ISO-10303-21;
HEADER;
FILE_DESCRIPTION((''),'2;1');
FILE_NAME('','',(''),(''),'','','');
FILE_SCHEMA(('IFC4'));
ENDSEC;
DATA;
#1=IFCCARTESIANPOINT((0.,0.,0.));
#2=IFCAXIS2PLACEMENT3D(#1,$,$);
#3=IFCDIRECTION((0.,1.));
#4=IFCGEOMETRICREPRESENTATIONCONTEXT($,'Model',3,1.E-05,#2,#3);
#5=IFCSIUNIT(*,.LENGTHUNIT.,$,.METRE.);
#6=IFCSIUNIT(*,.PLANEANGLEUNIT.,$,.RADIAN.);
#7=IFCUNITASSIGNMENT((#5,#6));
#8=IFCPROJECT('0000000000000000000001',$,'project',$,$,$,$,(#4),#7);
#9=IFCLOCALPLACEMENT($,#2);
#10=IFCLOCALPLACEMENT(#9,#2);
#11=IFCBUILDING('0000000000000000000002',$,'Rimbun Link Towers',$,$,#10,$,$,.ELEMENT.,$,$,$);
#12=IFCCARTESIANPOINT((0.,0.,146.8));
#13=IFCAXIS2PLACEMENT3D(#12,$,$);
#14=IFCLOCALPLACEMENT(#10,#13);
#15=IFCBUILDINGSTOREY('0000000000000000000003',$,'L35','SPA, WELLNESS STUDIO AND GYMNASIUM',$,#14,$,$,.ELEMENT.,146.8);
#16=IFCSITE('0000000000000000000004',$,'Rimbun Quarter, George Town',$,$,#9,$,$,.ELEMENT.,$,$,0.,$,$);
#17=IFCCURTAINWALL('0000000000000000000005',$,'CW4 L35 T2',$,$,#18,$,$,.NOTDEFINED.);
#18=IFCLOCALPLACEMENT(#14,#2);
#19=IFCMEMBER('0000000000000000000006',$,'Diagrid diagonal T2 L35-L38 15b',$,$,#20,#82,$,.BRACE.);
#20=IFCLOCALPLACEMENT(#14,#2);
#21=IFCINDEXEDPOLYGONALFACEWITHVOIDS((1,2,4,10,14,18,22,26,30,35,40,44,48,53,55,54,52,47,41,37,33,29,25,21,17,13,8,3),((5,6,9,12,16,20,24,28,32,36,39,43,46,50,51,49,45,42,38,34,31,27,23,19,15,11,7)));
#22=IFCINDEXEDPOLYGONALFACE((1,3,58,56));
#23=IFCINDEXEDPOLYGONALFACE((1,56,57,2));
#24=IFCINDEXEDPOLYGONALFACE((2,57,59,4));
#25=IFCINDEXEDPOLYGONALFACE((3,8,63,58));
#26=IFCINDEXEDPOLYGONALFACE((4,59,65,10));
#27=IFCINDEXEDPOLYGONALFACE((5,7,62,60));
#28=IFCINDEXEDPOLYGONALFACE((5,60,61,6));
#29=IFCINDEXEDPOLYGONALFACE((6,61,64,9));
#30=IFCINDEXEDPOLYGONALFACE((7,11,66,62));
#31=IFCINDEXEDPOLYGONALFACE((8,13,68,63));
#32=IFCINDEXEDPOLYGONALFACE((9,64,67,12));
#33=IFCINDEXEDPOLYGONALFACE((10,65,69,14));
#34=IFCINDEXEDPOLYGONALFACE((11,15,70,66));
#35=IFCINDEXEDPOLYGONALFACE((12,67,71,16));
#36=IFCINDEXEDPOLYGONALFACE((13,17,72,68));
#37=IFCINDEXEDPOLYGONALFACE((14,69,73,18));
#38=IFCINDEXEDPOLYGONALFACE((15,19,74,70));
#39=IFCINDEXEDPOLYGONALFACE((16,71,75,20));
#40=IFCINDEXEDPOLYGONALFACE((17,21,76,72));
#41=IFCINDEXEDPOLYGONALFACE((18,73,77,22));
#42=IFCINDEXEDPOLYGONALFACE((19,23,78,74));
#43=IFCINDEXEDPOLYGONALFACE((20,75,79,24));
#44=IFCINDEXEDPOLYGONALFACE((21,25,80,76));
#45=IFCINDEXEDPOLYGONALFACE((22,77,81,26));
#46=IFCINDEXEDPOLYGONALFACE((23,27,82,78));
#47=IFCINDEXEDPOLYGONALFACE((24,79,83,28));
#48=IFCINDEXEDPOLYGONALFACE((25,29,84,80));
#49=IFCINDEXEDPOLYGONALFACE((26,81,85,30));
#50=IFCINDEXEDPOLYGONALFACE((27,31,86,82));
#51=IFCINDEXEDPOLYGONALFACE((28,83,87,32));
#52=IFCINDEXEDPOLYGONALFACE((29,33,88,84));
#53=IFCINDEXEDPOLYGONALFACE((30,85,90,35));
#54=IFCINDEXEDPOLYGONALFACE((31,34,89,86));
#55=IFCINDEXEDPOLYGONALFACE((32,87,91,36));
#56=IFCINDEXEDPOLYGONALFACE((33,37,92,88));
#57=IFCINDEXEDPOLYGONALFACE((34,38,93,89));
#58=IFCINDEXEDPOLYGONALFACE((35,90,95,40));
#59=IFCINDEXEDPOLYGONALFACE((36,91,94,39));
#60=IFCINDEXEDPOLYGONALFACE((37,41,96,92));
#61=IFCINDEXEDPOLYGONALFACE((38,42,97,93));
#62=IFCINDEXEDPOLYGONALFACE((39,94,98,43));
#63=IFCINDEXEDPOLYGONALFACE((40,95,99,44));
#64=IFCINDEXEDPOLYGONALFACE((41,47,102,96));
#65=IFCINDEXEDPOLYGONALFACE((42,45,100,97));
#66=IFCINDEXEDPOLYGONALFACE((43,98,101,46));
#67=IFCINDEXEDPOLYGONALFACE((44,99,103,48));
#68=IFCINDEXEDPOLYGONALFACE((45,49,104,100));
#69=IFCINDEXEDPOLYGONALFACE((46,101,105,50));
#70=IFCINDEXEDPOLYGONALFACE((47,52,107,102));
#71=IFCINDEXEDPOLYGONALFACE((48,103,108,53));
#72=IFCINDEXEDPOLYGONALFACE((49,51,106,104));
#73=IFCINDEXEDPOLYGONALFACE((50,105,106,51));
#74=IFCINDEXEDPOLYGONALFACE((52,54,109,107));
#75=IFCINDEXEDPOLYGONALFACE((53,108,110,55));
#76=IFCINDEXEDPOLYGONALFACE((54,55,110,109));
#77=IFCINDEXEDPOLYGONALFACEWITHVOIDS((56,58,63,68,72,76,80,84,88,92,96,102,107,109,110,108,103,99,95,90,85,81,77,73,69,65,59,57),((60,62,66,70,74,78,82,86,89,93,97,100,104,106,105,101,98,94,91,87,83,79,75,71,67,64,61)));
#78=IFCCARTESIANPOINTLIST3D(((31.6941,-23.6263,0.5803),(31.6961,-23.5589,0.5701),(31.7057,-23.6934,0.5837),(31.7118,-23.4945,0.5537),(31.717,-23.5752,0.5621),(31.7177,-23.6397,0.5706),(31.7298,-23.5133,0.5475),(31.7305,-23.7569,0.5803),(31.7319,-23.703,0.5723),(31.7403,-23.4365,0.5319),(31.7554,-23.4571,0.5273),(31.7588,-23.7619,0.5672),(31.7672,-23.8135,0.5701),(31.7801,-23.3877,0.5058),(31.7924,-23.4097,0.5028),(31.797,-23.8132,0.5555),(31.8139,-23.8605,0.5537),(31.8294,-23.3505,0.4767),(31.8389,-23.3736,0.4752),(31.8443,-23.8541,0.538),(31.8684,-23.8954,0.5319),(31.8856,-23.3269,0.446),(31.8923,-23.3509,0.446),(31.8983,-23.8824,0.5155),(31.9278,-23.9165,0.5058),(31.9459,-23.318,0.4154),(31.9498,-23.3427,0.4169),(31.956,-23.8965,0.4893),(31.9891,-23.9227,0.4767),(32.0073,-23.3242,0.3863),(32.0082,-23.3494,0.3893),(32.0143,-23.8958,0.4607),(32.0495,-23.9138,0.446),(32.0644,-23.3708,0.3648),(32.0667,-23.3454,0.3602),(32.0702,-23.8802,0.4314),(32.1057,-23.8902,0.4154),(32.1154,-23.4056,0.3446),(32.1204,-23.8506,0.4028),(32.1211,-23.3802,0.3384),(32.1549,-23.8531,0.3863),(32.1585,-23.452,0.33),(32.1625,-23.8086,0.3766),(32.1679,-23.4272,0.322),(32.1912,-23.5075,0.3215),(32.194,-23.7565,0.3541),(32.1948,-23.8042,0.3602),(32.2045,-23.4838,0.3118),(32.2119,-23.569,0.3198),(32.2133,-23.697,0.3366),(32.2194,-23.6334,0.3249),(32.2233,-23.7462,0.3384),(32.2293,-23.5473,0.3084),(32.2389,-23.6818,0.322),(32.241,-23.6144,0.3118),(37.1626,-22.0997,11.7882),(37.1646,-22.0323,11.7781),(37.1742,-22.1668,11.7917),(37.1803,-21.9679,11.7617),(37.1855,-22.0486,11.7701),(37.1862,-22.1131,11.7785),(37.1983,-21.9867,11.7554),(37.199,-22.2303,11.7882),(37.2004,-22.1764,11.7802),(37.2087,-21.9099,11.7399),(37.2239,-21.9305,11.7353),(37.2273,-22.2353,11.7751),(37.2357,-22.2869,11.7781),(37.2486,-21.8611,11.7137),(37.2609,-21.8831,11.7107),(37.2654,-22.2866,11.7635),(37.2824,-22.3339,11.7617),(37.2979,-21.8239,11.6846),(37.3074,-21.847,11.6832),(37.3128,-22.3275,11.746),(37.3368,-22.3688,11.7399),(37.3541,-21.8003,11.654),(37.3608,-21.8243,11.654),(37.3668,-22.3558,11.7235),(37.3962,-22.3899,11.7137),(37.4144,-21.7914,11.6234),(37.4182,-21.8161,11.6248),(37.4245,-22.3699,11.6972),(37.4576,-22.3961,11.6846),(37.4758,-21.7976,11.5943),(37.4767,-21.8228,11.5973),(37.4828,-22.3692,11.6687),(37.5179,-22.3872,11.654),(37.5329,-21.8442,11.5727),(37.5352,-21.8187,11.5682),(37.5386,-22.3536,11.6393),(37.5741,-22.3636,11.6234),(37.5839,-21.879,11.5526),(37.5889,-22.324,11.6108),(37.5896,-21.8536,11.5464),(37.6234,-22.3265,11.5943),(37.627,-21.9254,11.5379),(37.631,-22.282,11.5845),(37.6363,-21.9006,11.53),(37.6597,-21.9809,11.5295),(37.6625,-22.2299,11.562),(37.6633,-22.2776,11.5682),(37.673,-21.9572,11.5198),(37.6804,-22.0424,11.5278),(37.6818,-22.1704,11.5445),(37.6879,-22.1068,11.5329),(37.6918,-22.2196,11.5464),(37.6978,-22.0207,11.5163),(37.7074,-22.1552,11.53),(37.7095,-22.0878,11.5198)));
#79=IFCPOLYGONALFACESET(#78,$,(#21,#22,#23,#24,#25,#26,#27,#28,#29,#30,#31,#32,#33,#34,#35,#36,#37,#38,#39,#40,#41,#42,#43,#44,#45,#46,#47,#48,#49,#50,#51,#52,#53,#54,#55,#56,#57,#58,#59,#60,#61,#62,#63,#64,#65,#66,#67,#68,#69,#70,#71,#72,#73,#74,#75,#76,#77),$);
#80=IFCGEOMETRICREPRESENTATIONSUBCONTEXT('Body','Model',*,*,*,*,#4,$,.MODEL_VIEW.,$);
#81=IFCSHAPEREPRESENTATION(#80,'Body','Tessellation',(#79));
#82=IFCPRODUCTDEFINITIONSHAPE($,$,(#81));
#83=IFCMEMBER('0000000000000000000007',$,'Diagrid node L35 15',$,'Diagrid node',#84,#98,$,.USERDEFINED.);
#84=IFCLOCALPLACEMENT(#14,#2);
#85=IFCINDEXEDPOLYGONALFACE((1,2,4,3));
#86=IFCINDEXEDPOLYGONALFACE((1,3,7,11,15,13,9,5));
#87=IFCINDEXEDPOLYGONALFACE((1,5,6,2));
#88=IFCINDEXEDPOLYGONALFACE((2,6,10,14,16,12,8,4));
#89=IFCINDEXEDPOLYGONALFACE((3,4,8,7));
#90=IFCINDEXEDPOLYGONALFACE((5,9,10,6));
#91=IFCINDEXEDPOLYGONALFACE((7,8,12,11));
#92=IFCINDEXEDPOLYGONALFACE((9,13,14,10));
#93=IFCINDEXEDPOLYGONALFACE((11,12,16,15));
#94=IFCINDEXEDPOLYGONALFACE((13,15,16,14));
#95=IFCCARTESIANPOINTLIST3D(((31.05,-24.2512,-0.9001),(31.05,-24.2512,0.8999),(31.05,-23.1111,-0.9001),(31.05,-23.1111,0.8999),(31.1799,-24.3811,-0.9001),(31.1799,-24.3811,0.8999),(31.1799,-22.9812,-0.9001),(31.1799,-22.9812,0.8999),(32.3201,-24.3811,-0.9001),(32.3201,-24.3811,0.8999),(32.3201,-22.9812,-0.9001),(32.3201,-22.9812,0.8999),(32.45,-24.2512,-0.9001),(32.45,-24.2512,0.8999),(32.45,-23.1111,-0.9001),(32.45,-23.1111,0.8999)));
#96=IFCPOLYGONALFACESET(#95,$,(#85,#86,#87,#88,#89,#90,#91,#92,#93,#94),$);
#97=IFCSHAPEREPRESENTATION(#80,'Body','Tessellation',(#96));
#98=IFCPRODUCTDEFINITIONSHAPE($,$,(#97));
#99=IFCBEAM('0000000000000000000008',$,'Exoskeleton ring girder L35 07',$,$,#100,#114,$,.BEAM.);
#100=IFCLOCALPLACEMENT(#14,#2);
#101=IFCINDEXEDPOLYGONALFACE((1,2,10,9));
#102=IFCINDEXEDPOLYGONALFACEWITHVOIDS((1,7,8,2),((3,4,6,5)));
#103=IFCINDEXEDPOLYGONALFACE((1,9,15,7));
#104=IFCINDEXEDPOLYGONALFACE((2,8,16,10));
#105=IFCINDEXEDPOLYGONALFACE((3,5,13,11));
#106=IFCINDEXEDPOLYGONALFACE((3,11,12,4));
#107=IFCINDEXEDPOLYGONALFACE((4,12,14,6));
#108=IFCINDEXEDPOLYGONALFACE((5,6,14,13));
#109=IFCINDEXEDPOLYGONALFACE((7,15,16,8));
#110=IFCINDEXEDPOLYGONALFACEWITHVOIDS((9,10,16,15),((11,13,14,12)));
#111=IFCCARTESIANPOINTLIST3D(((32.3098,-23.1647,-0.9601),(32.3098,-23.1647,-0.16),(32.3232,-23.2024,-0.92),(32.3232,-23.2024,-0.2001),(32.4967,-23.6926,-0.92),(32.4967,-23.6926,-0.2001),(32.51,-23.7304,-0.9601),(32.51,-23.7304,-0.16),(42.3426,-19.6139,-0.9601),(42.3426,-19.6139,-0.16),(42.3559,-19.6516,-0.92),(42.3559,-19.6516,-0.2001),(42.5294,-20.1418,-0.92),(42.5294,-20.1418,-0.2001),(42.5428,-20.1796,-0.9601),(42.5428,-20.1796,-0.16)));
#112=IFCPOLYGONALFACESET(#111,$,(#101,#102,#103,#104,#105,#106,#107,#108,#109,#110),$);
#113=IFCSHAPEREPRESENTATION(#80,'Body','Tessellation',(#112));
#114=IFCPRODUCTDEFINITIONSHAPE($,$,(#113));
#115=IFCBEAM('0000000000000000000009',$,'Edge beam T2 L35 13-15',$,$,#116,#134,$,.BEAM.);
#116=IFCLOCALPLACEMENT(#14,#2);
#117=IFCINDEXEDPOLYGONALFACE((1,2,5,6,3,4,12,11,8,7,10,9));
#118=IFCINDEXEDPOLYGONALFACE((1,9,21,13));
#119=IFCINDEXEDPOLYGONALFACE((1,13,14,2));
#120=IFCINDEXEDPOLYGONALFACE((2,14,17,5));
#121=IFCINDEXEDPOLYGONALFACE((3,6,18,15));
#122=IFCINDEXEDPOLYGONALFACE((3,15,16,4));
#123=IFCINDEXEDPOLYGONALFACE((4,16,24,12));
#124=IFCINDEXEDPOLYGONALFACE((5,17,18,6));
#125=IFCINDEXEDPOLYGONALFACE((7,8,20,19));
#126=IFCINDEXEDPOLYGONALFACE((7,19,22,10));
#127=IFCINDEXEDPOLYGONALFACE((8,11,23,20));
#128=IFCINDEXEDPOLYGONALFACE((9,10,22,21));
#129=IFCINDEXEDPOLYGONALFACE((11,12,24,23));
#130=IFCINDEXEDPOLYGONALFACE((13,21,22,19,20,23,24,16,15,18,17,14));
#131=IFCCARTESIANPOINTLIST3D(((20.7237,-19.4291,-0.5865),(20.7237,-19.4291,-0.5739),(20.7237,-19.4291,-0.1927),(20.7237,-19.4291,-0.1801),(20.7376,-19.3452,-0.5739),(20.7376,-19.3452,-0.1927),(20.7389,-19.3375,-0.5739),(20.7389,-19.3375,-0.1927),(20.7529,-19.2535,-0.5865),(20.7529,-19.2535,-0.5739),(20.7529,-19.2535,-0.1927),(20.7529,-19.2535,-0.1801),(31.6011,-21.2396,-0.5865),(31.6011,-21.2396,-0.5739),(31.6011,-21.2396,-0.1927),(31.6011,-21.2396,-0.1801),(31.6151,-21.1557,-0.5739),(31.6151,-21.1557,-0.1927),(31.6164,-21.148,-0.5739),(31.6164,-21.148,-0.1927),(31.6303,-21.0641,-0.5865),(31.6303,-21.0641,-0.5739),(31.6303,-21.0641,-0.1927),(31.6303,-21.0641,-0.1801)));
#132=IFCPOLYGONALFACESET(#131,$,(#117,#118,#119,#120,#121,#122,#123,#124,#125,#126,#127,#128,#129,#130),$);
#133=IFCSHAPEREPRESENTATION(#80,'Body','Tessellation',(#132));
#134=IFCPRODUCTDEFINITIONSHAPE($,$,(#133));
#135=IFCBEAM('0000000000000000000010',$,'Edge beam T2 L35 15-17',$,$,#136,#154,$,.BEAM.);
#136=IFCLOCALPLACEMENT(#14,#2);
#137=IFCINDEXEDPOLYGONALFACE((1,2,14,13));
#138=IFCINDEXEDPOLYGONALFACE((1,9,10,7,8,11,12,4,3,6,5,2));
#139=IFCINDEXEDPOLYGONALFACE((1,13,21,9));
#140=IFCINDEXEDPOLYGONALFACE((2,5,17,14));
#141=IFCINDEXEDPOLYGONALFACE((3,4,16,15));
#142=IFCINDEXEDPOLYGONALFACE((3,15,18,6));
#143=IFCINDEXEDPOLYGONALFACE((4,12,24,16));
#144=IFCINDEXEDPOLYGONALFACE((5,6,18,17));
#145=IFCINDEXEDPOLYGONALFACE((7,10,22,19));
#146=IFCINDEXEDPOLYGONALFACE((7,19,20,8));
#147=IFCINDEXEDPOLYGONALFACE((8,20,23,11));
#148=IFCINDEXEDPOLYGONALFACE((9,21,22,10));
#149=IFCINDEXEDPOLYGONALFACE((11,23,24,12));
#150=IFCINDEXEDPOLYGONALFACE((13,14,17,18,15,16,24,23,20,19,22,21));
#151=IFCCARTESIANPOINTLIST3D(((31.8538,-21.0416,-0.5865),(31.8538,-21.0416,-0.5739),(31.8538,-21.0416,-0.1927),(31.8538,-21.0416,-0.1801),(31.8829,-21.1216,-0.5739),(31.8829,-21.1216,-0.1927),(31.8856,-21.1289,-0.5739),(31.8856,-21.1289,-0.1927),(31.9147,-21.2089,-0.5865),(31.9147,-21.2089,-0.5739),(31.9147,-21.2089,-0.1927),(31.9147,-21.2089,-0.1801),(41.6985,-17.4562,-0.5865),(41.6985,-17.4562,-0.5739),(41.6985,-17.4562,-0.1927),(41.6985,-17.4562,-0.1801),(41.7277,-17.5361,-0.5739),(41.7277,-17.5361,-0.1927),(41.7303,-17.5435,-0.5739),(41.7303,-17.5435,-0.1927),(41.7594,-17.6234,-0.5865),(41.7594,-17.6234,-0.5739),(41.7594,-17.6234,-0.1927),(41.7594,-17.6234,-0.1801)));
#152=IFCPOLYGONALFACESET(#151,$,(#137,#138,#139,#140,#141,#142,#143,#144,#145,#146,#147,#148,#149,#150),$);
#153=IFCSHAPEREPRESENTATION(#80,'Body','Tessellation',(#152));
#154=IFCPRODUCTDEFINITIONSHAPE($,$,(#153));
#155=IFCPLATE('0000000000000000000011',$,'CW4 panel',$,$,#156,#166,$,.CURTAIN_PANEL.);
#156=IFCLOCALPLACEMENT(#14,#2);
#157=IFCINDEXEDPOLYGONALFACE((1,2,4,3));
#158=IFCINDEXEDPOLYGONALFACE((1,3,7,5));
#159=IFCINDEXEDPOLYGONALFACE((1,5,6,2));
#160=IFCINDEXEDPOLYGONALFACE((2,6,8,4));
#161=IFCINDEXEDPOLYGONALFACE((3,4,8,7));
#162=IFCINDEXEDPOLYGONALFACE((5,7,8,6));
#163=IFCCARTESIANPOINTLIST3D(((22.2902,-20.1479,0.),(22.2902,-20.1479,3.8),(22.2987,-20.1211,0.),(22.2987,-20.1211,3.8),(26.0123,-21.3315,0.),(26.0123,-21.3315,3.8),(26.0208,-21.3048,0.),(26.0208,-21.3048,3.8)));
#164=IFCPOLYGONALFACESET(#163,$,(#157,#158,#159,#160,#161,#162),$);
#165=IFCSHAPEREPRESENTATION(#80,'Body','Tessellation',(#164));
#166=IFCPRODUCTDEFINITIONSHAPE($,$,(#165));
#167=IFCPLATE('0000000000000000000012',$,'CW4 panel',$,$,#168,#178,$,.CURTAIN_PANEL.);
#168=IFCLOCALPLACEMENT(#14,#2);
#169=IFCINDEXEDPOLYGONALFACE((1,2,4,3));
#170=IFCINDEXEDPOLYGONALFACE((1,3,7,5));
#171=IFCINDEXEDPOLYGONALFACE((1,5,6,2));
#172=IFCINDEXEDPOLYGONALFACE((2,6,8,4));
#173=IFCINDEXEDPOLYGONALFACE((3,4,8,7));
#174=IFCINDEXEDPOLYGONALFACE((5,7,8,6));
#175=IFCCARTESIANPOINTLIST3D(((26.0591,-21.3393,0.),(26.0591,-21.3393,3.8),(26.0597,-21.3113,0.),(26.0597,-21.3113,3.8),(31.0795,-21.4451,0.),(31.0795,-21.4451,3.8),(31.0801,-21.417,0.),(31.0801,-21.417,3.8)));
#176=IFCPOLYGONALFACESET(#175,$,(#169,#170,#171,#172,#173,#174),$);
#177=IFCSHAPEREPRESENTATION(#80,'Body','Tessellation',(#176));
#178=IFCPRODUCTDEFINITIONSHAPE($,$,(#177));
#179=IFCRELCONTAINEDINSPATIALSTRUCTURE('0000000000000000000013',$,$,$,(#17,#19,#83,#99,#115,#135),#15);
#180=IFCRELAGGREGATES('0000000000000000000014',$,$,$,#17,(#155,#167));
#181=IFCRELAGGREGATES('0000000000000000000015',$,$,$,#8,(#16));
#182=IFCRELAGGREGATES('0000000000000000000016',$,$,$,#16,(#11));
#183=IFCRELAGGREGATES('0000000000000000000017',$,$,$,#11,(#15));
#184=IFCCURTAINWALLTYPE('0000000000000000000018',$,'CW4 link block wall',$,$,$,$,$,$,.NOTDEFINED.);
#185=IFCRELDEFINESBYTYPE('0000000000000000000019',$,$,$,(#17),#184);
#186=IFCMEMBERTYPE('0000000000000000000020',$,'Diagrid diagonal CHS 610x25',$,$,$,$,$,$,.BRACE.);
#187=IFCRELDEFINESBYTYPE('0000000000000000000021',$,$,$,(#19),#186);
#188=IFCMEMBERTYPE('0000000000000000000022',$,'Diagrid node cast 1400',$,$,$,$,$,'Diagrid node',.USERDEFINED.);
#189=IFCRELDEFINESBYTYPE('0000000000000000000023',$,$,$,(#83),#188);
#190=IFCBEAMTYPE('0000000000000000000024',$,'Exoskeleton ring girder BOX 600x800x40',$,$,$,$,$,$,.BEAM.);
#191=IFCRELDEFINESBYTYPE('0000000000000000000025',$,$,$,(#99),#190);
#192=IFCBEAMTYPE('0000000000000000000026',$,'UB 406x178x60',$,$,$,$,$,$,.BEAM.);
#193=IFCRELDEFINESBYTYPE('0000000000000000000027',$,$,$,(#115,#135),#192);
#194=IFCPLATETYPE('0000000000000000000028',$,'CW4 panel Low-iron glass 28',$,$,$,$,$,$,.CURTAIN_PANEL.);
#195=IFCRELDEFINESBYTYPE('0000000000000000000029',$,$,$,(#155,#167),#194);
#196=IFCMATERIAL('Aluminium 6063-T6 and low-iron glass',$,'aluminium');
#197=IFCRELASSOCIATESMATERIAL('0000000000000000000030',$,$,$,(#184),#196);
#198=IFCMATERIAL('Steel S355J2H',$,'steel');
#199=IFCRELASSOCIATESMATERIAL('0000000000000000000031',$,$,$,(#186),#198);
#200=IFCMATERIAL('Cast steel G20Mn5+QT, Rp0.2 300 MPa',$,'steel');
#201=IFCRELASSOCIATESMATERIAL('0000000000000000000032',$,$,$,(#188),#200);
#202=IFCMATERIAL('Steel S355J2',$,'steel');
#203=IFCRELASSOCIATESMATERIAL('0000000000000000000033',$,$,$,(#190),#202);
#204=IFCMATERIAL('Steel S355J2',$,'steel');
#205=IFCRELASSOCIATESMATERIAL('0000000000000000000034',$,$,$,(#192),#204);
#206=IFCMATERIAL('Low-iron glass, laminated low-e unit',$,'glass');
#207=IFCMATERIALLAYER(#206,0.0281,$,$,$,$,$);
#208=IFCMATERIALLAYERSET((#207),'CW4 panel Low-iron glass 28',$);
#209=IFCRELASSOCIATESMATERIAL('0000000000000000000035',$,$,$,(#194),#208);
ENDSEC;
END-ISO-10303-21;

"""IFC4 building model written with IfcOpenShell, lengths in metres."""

from ifc_helpers import new_model, si_unit, direction, frame, origin, origin_2d, place, context, subcontext, project, spatial, polyline, rectangle, hollow_rectangle, hollow_circle, i_section, outline, extrude, material, layer, layer_set, material_profile, profile_set, type_object, element, aggregate, save


model = new_model("IFC4")

# Units and contexts
model_context = context("Model", 3, precision=1e-05, world=origin(), true_north=direction((0.0, 1.0)))
body_context = subcontext(model_context, "Body", "Model", "MODEL_VIEW")
ifc_project = project(units=[si_unit("LENGTHUNIT", "METRE"), si_unit("PLANEANGLEUNIT", "RADIAN")], contexts=[model_context])

# Site, building, storey
site_placement = place(None, origin())
site = spatial("IfcSite", under=ifc_project, at=site_placement, Name="Rimbun Quarter, George Town", CompositionType="ELEMENT", RefElevation=0.0)
building_placement = place(site_placement, origin())
building = spatial("IfcBuilding", under=site, at=building_placement, Name="Rimbun Link Towers", CompositionType="ELEMENT")
storey_placement = place(building_placement, frame((0.0, 0.0, 146.8)))
storey = spatial("IfcBuildingStorey", under=building, at=storey_placement, Name="L35", Description="SPA, WELLNESS STUDIO AND GYMNASIUM", CompositionType="ELEMENT", Elevation=146.8)

# Curtain wall
ifc_material_1 = material(Name="Aluminium 6063-T6 and low-iron glass", Category="aluminium")
curtain_wall_type = type_object("IfcCurtainWallType", Name="CW4 link block wall", PredefinedType="NOTDEFINED", material=ifc_material_1)
curtain_wall_placement = place(storey_placement, origin())
curtain_wall = element("IfcCurtainWall", 1, at=curtain_wall_placement, inside=storey, type_object=curtain_wall_type, Name="CW4 L35 T2", PredefinedType="NOTDEFINED")

# Members
ifc_material_2 = material(Name="Steel S355J2H", Category="steel")
ifc_material_profile_1 = material_profile(ifc_material_2, hollow_circle(Radius=0.3047, WallThickness=0.0249, at=origin_2d()), Name="Diagrid diagonal CHS 610x25")
ifc_profile_set_1 = profile_set([ifc_material_profile_1], Name="Steel S355J2H")
member_type_1 = type_object("IfcMemberType", Name="Diagrid diagonal CHS 610x25", PredefinedType="BRACE", material=ifc_profile_set_1)
member_1_placement = place(storey_placement, frame((31.9675, -23.6204, 0.446), z_axis=(0.435251, 0.121507, 0.892072), x_axis=(-0.268883, 0.963173, 0.0)))
element("IfcMember", 2, at=member_1_placement, inside=storey, type_object=member_type_1, Name="Diagrid diagonal T2 L35-L38 15b", PredefinedType="BRACE", context=body_context, shape_type="SweptSolid", body=[
    extrude(hollow_circle(Radius=0.3047, WallThickness=0.0249, at=origin_2d()), origin(), (0.0, 0.0, 1.0), 12.564),
])
ifc_material_3 = material(Name="Cast steel G20Mn5+QT, Rp0.2 300 MPa", Category="steel")
ifc_material_profile_2 = material_profile(ifc_material_3, outline(polyline([(0.7, -0.5701), (0.7, 0.5701), (0.5701, 0.7), (-0.5701, 0.7), (-0.7, 0.5701), (-0.7, -0.5701), (-0.5701, -0.7), (0.5701, -0.7), (0.7, -0.5701)])), Name="NODE 1400x1400")
ifc_profile_set_2 = profile_set([ifc_material_profile_2], Name="Cast steel G20Mn5+QT, Rp0.2 300 MPa")
member_type_2 = type_object("IfcMemberType", Name="Diagrid node cast 1400", ElementType="Diagrid node", PredefinedType="USERDEFINED", material=ifc_profile_set_2)
member_2_placement = place(storey_placement, frame((31.75, -23.6812, -0.9001), z_axis=(0.0, 0.0, 1.0), x_axis=(0.0, -1.0, 0.0)))
element("IfcMember", 3, at=member_2_placement, inside=storey, type_object=member_type_2, Name="Diagrid node L35 15", ObjectType="Diagrid node", PredefinedType="USERDEFINED", context=body_context, shape_type="SweptSolid", body=[
    extrude(outline(polyline([(0.7, -0.5701), (0.7, 0.5701), (0.5701, 0.7), (-0.5701, 0.7), (-0.7, 0.5701), (-0.7, -0.5701), (-0.5701, -0.7), (0.5701, -0.7), (0.7, -0.5701)])), origin(), (0.0, 0.0, 1.0), 1.8),
])

# Beams
ifc_material_4 = material(Name="Steel S355J2", Category="steel")
ifc_material_profile_3 = material_profile(ifc_material_4, hollow_rectangle(XDim=0.6001, YDim=0.8, WallThickness=0.04, at=origin_2d()), Name="Exoskeleton ring girder BOX 600x800x40")
ifc_profile_set_3 = profile_set([ifc_material_profile_3], Name="Steel S355J2")
beam_type_1 = type_object("IfcBeamType", Name="Exoskeleton ring girder BOX 600x800x40", PredefinedType="BEAM", material=ifc_profile_set_3)
beam_1_placement = place(storey_placement, frame((32.4099, -23.4475, -0.5601), z_axis=(0.9427, 0.333641, 0.0), x_axis=(-0.333641, 0.9427, 0.0)))
element("IfcBeam", 4, at=beam_1_placement, inside=storey, type_object=beam_type_1, Name="Exoskeleton ring girder L35 07", PredefinedType="BEAM", context=body_context, shape_type="SweptSolid", body=[
    extrude(hollow_rectangle(XDim=0.6001, YDim=0.8, WallThickness=0.04, at=origin_2d()), origin(), (0.0, 0.0, 1.0), 10.6426),
])
ifc_material_5 = material(Name="Steel S355J2", Category="steel")
ifc_material_profile_4 = material_profile(ifc_material_5, i_section(OverallWidth=0.178, OverallDepth=0.4065, WebThickness=0.0078, FlangeThickness=0.0127, at=origin_2d()), Name="UB 406x178x60")
ifc_profile_set_4 = profile_set([ifc_material_profile_4], Name="Steel S355J2")
beam_type_2 = type_object("IfcBeamType", Name="UB 406x178x60", PredefinedType="BEAM", material=ifc_profile_set_4)
beam_2_placement = place(storey_placement, frame((20.7383, -19.3413, -0.3833), z_axis=(0.986429, -0.164191, 0.0), x_axis=(0.164191, 0.986429, 0.0)))
element("IfcBeam", 5, at=beam_2_placement, inside=storey, type_object=beam_type_2, Name="Edge beam T2 L35 13-15", PredefinedType="BEAM", context=body_context, shape_type="SweptSolid", body=[
    extrude(i_section(OverallWidth=0.178, OverallDepth=0.4065, WebThickness=0.0078, FlangeThickness=0.0127, at=origin_2d()), origin(), (0.0, 0.0, 1.0), 11.0271),
])
beam_3_placement = place(storey_placement, frame((31.8843, -21.1252, -0.3833), z_axis=(0.939623, 0.342211, 0.0), x_axis=(-0.342211, 0.939623, 0.0)))
element("IfcBeam", 6, at=beam_3_placement, inside=storey, type_object=beam_type_2, Name="Edge beam T2 L35 15-17", PredefinedType="BEAM", context=body_context, shape_type="SweptSolid", body=[
    extrude(i_section(OverallWidth=0.178, OverallDepth=0.4065, WebThickness=0.0078, FlangeThickness=0.0127, at=origin_2d()), origin(), (0.0, 0.0, 1.0), 10.4773),
])

# Plates
ifc_material_6 = material(Name="Low-iron glass, laminated low-e unit", Category="glass")
ifc_layer_1 = layer(ifc_material_6, 0.0281)
ifc_layer_set_1 = layer_set([ifc_layer_1], Name="CW4 panel Low-iron glass 28")
plate_type = type_object("IfcPlateType", Name="CW4 panel Low-iron glass 28", PredefinedType="CURTAIN_PANEL", material=ifc_layer_set_1)
plate_1_placement = place(storey_placement, frame((24.1555, -20.7263, 0.0), z_axis=(0.0, 0.0, 1.0), x_axis=(-0.952972, 0.30306, 0.0)))
plate_1 = element("IfcPlate", 7, at=plate_1_placement, type_object=plate_type, Name="CW4 panel", PredefinedType="CURTAIN_PANEL", context=body_context, shape_type="SweptSolid", body=[
    extrude(rectangle(XDim=3.9058, YDim=0.0281, at=origin_2d()), origin(), (0.0, 0.0, 1.0), 3.8),
])
plate_2_placement = place(storey_placement, frame((28.5696, -21.3782, 0.0), z_axis=(0.0, 0.0, 1.0), x_axis=(-0.999778, 0.021063, 0.0)))
plate_2 = element("IfcPlate", 8, at=plate_2_placement, type_object=plate_type, Name="CW4 panel", PredefinedType="CURTAIN_PANEL", context=body_context, shape_type="SweptSolid", body=[
    extrude(rectangle(XDim=5.0215, YDim=0.0281, at=origin_2d()), origin(), (0.0, 0.0, 1.0), 3.8),
])
aggregate(curtain_wall, [plate_1, plate_2])

save(model, "model.ifc")
